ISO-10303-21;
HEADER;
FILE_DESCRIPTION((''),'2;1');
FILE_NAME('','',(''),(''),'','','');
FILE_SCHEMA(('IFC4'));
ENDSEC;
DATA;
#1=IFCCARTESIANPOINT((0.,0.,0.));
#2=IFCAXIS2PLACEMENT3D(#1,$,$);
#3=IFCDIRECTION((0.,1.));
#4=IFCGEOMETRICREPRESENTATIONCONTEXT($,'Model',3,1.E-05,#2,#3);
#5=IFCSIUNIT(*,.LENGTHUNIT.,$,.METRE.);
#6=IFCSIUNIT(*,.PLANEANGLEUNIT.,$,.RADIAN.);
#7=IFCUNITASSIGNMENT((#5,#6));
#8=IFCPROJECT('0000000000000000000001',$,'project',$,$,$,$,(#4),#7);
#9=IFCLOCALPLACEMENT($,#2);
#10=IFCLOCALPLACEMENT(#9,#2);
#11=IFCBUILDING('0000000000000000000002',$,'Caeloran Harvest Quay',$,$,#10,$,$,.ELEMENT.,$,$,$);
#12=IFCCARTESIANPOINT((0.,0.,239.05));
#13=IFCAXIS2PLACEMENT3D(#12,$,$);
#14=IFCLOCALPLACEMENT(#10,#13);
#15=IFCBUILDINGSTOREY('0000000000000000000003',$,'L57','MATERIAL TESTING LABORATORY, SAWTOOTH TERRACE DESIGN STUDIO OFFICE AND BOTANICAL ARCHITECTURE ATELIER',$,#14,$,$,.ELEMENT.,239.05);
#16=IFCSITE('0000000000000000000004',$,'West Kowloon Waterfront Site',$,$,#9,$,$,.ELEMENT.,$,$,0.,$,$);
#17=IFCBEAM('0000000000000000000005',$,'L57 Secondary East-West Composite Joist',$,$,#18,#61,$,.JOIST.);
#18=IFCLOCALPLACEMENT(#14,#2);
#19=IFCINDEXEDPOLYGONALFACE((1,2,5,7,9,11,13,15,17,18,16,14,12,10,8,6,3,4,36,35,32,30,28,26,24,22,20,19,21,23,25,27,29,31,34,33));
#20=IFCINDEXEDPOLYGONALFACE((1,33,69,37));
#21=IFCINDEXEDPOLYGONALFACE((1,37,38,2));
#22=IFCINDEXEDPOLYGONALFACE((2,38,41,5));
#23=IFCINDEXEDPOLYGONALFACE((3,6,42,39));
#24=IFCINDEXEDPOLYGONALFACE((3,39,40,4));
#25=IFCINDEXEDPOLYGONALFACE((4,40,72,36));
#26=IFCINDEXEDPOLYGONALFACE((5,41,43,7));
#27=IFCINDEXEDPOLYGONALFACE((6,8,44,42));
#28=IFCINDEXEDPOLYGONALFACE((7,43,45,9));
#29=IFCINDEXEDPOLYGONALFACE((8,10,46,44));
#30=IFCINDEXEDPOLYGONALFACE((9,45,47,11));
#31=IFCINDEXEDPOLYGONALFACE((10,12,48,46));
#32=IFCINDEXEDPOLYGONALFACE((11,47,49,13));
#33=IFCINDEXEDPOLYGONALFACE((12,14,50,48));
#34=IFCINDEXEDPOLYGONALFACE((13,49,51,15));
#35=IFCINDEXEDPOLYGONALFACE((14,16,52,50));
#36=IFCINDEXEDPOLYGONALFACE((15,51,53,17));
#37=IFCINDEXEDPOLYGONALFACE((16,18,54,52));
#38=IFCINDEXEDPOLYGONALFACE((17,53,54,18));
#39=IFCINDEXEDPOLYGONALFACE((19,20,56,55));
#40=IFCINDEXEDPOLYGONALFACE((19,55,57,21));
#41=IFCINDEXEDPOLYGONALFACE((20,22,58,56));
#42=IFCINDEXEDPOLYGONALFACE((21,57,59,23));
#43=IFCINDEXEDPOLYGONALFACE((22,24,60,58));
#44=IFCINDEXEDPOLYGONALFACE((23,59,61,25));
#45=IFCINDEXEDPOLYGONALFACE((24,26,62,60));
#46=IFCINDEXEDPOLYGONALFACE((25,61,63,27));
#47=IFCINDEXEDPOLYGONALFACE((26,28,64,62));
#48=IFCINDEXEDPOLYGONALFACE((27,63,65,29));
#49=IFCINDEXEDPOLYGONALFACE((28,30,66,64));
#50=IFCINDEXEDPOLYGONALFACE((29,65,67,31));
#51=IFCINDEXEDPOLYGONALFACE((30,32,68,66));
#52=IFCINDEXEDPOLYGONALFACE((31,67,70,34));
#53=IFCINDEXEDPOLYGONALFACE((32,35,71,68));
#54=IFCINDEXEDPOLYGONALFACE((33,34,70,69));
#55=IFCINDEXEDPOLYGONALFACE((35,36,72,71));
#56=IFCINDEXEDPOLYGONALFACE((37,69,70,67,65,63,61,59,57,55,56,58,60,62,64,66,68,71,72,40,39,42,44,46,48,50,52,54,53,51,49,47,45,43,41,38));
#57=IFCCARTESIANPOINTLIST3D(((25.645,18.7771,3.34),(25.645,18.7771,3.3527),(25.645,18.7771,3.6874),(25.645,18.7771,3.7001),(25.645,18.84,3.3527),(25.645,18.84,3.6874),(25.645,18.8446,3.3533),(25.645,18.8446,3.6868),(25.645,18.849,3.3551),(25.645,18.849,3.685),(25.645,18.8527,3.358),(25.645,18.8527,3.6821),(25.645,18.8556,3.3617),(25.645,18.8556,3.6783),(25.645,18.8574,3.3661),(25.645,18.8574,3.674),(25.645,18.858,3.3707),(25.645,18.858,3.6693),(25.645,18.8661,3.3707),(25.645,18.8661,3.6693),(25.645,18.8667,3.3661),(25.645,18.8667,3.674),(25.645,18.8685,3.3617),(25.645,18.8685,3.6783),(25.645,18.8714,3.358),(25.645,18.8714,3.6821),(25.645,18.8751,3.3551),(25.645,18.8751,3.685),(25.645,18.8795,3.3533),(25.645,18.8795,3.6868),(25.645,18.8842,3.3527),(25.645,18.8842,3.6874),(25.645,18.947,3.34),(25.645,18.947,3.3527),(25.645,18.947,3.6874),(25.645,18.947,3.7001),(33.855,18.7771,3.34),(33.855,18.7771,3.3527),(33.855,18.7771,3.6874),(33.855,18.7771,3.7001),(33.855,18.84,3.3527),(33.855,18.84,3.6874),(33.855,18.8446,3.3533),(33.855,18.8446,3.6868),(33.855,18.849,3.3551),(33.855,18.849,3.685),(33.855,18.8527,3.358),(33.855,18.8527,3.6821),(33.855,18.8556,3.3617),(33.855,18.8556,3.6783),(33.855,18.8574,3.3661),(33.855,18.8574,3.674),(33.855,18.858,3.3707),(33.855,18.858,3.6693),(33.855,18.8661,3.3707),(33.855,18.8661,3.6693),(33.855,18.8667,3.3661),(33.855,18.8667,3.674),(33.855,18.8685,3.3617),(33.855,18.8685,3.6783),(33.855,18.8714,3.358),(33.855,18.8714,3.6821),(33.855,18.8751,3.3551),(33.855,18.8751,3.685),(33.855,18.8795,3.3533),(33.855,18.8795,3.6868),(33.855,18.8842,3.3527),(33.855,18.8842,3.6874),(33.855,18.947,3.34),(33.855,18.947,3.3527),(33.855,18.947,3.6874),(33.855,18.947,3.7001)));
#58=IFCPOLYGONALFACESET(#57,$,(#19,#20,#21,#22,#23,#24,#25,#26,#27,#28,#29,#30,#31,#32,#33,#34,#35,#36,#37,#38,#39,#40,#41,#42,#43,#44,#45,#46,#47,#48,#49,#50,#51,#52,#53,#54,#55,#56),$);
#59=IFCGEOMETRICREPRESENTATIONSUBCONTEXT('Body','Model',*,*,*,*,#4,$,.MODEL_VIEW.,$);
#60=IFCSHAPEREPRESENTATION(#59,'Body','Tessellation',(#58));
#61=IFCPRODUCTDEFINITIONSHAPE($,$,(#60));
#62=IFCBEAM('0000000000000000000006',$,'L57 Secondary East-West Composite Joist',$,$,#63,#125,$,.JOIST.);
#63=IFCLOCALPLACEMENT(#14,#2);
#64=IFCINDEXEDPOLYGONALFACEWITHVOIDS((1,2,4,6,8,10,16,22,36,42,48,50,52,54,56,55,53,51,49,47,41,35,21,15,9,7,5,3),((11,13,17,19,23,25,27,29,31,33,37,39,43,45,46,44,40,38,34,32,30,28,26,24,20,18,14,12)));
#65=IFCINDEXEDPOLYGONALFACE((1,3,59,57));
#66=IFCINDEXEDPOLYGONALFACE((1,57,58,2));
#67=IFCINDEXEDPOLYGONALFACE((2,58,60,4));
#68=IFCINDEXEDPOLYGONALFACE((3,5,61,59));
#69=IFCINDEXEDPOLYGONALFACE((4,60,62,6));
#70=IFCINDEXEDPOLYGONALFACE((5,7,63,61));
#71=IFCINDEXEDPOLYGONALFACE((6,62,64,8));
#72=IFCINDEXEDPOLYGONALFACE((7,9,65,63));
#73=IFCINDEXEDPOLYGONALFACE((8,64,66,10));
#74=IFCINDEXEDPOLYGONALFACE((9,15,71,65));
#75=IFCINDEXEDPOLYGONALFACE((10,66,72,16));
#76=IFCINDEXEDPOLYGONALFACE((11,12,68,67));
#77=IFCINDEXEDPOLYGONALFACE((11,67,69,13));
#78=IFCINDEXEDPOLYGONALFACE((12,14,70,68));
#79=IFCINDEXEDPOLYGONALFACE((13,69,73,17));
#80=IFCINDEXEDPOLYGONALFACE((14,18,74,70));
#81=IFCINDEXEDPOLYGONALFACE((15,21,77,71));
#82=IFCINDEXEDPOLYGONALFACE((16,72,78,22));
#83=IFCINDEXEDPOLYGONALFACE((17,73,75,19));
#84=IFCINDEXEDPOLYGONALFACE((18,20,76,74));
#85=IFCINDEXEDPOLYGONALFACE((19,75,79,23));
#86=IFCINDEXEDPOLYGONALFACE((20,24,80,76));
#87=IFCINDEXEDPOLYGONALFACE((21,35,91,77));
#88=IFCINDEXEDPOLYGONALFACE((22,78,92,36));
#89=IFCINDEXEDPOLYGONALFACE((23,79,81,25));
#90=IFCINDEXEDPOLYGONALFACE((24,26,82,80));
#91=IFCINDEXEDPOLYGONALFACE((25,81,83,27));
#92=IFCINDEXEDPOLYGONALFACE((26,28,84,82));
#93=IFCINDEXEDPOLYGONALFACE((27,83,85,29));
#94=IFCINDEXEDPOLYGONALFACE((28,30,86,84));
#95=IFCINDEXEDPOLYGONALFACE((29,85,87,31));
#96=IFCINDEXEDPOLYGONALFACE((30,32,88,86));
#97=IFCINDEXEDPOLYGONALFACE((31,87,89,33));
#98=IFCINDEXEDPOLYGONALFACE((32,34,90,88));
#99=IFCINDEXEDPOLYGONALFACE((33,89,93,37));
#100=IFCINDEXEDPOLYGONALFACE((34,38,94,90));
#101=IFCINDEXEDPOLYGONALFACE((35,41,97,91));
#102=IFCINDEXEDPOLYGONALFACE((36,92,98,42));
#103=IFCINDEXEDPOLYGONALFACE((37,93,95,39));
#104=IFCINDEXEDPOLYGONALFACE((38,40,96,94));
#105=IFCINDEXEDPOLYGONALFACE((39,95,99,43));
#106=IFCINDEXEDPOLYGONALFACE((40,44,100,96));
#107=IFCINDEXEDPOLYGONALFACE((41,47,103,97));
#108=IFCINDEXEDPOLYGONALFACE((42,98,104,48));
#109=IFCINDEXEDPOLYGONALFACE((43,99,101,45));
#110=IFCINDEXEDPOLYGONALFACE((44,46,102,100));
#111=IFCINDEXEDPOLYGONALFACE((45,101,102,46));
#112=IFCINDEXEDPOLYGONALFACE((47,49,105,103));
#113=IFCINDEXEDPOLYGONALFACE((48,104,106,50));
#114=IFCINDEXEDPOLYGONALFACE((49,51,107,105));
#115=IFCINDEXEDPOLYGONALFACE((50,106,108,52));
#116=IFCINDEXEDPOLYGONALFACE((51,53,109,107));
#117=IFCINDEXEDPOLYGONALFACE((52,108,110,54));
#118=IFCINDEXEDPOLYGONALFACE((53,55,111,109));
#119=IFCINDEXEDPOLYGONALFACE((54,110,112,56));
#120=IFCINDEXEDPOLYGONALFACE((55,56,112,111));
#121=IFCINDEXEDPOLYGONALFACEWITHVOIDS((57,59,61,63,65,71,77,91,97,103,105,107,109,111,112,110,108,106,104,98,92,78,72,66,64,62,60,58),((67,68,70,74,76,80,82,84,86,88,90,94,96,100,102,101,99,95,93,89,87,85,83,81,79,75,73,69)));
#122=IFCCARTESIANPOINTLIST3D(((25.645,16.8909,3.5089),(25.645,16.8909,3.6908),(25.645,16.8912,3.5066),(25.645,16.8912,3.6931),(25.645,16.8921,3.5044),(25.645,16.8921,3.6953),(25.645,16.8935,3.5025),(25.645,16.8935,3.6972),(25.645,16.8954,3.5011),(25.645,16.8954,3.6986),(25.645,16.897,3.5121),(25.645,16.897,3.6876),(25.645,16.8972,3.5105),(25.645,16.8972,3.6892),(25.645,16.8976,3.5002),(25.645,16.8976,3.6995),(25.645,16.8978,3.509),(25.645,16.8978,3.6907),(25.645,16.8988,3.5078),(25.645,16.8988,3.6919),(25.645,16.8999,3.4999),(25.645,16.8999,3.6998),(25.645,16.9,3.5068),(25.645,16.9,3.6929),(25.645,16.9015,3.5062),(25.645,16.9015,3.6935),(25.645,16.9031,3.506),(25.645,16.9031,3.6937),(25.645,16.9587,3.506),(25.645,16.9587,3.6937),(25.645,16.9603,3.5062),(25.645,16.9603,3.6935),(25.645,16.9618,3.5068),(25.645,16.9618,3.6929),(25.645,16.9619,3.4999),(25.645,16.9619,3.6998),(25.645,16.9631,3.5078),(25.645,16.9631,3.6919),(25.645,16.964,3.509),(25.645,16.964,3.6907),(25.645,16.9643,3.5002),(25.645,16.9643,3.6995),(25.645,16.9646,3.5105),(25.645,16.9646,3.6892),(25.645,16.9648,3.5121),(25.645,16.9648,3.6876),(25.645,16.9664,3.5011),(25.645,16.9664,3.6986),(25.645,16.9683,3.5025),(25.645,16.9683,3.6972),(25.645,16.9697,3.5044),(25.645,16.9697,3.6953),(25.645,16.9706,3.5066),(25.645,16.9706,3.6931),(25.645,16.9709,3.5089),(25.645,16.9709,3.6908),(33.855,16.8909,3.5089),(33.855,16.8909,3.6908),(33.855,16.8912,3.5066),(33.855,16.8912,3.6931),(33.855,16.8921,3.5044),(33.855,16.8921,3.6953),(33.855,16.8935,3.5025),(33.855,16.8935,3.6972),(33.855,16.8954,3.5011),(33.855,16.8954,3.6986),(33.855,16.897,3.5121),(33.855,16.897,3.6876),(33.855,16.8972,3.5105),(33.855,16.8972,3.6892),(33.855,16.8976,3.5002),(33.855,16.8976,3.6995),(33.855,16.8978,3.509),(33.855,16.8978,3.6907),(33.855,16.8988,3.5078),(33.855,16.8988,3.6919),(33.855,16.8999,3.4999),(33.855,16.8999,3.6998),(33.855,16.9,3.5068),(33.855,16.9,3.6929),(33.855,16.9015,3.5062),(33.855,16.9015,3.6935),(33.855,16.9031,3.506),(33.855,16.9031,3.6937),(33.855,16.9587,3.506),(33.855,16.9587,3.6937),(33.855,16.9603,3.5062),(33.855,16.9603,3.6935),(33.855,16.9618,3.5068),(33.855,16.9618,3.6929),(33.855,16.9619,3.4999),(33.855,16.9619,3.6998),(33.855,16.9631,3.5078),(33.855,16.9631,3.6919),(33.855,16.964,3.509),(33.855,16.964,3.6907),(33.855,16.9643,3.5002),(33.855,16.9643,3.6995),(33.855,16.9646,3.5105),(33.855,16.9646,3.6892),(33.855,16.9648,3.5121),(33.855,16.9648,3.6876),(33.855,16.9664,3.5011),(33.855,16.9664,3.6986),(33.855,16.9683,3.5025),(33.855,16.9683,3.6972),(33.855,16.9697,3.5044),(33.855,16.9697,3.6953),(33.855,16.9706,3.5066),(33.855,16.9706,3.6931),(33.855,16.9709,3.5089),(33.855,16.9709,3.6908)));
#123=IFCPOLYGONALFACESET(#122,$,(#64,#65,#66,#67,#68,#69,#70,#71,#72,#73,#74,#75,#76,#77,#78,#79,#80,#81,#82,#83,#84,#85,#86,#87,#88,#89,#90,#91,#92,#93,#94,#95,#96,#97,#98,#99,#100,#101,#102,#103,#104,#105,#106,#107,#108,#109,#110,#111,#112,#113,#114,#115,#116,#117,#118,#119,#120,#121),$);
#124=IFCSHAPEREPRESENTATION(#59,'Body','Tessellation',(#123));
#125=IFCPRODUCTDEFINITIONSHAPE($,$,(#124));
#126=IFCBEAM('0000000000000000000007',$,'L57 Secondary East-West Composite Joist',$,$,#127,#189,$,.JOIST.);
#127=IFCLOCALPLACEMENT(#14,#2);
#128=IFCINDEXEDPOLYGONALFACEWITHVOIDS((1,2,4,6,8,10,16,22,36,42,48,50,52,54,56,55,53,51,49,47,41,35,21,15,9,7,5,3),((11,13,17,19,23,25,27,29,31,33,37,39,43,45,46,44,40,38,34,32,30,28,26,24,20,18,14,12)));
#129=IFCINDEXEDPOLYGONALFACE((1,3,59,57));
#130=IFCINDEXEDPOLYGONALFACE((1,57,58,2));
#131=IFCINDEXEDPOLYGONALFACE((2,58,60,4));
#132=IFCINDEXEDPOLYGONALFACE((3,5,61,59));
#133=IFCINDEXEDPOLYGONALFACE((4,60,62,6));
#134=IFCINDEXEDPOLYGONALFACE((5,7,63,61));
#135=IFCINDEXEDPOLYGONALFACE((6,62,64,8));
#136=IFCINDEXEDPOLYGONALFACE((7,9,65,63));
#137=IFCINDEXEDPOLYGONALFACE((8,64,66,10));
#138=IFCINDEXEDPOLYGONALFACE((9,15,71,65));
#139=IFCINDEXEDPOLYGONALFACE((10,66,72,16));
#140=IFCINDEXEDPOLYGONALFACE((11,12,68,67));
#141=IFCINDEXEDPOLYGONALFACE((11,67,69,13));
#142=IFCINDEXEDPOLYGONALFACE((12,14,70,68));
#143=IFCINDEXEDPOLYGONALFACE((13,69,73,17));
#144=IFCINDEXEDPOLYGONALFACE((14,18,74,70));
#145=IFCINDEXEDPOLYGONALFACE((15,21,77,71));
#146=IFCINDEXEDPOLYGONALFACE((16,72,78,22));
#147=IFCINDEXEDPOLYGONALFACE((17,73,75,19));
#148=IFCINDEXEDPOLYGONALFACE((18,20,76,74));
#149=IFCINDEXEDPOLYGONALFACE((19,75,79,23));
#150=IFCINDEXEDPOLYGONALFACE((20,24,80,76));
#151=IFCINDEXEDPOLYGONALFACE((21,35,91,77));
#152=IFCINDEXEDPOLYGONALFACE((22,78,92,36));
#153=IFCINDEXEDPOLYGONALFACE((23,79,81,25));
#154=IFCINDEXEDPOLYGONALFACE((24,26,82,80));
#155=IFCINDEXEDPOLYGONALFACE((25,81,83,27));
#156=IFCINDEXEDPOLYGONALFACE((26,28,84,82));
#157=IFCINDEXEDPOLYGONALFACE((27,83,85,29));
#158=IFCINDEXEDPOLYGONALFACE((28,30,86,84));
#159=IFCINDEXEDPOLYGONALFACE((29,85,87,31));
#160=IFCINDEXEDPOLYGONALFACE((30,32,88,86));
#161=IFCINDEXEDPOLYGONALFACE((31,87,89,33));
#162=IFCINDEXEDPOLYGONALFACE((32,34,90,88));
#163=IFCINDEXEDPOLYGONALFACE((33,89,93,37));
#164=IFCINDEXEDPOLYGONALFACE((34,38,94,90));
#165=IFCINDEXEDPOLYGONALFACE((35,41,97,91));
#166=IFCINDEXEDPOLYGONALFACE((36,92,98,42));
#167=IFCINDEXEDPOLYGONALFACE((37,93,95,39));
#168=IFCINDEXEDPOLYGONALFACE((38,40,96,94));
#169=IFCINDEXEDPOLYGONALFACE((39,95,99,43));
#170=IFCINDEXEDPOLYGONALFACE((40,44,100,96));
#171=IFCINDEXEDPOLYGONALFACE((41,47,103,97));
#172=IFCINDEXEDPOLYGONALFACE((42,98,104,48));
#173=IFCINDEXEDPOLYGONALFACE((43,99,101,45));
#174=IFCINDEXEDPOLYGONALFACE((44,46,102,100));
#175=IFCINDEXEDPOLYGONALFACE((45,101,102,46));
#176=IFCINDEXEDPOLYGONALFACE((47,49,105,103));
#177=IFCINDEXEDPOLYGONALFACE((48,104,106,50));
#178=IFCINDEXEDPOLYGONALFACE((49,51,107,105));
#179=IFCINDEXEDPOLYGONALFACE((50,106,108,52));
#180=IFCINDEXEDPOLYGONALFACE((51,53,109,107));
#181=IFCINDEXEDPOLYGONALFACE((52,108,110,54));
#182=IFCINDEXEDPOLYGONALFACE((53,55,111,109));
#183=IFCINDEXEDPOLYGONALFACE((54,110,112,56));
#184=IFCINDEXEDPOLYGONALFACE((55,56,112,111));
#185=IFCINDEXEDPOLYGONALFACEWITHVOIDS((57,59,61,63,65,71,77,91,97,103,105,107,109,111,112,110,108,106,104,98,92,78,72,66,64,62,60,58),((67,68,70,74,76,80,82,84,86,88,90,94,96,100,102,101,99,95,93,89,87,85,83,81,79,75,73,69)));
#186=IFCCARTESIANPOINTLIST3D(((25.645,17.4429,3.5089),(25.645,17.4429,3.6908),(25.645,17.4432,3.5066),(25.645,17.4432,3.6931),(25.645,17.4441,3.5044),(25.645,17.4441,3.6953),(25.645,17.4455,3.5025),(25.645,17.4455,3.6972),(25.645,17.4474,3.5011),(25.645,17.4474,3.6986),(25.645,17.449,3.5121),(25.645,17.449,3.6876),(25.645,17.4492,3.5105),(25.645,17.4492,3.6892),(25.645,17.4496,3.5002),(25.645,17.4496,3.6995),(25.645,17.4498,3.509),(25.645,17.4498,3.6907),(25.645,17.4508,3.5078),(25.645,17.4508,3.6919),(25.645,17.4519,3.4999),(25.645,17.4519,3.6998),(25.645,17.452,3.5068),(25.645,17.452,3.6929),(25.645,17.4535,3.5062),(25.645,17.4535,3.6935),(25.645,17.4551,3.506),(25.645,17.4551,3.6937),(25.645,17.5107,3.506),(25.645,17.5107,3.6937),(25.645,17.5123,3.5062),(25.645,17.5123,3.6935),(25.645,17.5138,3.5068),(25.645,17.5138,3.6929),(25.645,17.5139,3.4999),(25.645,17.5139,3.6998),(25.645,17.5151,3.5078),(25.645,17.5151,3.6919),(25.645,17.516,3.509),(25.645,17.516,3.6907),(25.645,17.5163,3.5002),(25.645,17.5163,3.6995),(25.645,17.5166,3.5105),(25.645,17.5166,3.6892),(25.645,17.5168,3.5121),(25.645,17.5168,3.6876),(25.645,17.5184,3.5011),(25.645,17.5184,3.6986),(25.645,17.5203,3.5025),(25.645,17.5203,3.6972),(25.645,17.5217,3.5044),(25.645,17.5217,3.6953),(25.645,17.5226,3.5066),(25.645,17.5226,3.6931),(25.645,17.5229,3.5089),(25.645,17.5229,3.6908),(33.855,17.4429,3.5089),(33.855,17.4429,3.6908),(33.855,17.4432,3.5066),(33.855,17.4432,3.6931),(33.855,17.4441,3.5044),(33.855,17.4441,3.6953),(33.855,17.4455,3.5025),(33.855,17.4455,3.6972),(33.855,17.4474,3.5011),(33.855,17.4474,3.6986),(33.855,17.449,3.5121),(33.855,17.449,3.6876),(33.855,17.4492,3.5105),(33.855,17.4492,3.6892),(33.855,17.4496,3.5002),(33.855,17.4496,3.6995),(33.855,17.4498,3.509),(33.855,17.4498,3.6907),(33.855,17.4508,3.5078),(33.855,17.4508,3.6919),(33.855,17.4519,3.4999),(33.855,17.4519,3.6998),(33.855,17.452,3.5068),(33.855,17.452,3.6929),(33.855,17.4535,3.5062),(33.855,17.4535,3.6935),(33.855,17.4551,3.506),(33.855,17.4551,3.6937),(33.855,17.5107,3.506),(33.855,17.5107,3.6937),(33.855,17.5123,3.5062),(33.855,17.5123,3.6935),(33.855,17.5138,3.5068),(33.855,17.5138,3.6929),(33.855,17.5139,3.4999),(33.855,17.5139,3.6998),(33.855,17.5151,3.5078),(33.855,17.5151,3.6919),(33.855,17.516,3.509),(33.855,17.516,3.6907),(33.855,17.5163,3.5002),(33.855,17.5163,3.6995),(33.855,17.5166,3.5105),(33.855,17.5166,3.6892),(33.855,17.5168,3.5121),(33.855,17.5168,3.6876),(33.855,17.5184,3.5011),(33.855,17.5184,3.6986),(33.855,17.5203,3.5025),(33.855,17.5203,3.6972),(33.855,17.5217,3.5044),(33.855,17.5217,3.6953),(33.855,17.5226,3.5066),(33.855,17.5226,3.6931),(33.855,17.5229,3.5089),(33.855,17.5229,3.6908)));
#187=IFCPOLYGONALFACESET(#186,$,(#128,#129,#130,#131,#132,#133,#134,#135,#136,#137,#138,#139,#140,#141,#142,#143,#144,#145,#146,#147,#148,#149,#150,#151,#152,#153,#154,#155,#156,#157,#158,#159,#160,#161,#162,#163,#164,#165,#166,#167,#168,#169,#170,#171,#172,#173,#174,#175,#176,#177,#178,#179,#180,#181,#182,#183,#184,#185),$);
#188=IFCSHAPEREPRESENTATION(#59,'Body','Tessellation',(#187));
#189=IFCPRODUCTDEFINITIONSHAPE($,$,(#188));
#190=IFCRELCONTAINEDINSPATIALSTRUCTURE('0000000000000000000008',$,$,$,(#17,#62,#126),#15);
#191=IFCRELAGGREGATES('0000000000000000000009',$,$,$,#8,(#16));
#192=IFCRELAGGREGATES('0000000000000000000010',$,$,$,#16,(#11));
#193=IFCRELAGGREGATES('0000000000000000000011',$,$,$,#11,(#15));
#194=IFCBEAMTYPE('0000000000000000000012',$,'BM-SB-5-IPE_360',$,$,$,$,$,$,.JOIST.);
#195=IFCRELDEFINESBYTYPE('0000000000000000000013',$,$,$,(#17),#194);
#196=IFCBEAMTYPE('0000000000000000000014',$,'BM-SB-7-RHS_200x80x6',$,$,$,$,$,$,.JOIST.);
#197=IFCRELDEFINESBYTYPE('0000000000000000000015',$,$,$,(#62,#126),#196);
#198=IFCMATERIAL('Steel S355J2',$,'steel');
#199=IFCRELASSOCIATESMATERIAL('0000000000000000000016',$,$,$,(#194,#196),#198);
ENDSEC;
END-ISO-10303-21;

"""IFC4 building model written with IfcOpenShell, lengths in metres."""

from ifc_helpers import new_model, si_unit, direction, frame, origin, origin_2d, place, context, subcontext, project, spatial, hollow_rectangle, i_section, extrude, material, material_profile, profile_set, type_object, element, save


model = new_model("IFC4")

# Units and contexts
model_context = context("Model", 3, precision=1e-05, world=origin(), true_north=direction((0.0, 1.0)))
body_context = subcontext(model_context, "Body", "Model", "MODEL_VIEW")
ifc_project = project(units=[si_unit("LENGTHUNIT", "METRE"), si_unit("PLANEANGLEUNIT", "RADIAN")], contexts=[model_context])

# Site, building, storey
site_placement = place(None, origin())
site = spatial("IfcSite", under=ifc_project, at=site_placement, Name="West Kowloon Waterfront Site", CompositionType="ELEMENT", RefElevation=0.0)
building_placement = place(site_placement, origin())
building = spatial("IfcBuilding", under=site, at=building_placement, Name="Caeloran Harvest Quay", CompositionType="ELEMENT")
storey_placement = place(building_placement, frame((0.0, 0.0, 239.05)))
storey = spatial("IfcBuildingStorey", under=building, at=storey_placement, Name="L57", Description="MATERIAL TESTING LABORATORY, SAWTOOTH TERRACE DESIGN STUDIO OFFICE AND BOTANICAL ARCHITECTURE ATELIER", CompositionType="ELEMENT", Elevation=239.05)

# Beams
ifc_material_1 = material(Name="Steel S355J2", Category="steel")
ifc_material_profile_1 = material_profile(ifc_material_1, i_section(OverallWidth=0.1699, OverallDepth=0.3601, WebThickness=0.0081, FlangeThickness=0.0127, FilletRadius=0.0181, at=origin_2d()), Name="IPE 360")
ifc_profile_set_1 = profile_set([ifc_material_profile_1], Name="Steel S355J2")
beam_type_1 = type_object("IfcBeamType", Name="BM-SB-5-IPE_360", PredefinedType="JOIST", material=ifc_profile_set_1)
for number, where, z_axis, x_axis, name in (
    (1, (25.645, 18.8621, 3.52), (1.0, 0.0, 0.0), (0.0, 1.0, 0.0), "L57 Secondary East-West Composite Joist"),
):
    element("IfcBeam", number, at=place(storey_placement, frame(where, z_axis=z_axis, x_axis=x_axis)), inside=storey, type_object=beam_type_1, Name=name, PredefinedType="JOIST", context=body_context, shape_type="SweptSolid", body=[
        extrude(i_section(OverallWidth=0.1699, OverallDepth=0.3601, WebThickness=0.0081, FlangeThickness=0.0127, FilletRadius=0.0181, at=origin_2d()), origin(), (0.0, 0.0, 1.0), 8.21),
    ])
ifc_material_profile_2 = material_profile(ifc_material_1, hollow_rectangle(XDim=0.0801, YDim=0.2, WallThickness=0.0061, InnerFilletRadius=0.0061, OuterFilletRadius=0.009, at=origin_2d()), Name="RHS 200x80x6")
ifc_profile_set_2 = profile_set([ifc_material_profile_2], Name="Steel S355J2")
beam_type_2 = type_object("IfcBeamType", Name="BM-SB-7-RHS_200x80x6", PredefinedType="JOIST", material=ifc_profile_set_2)
for number, where, z_axis, x_axis, name in (
    (2, (25.645, 16.9309, 3.5999), (1.0, 0.0, 0.0), (0.0, 1.0, 0.0), "L57 Secondary East-West Composite Joist"),
    (3, (25.645, 17.4829, 3.5999), (1.0, 0.0, 0.0), (0.0, 1.0, 0.0), "L57 Secondary East-West Composite Joist"),
):
    element("IfcBeam", number, at=place(storey_placement, frame(where, z_axis=z_axis, x_axis=x_axis)), inside=storey, type_object=beam_type_2, Name=name, PredefinedType="JOIST", context=body_context, shape_type="SweptSolid", body=[
        extrude(hollow_rectangle(XDim=0.0801, YDim=0.2, WallThickness=0.0061, InnerFilletRadius=0.0061, OuterFilletRadius=0.009, at=origin_2d()), origin(), (0.0, 0.0, 1.0), 8.21),
    ])

save(model, "model.ifc")
